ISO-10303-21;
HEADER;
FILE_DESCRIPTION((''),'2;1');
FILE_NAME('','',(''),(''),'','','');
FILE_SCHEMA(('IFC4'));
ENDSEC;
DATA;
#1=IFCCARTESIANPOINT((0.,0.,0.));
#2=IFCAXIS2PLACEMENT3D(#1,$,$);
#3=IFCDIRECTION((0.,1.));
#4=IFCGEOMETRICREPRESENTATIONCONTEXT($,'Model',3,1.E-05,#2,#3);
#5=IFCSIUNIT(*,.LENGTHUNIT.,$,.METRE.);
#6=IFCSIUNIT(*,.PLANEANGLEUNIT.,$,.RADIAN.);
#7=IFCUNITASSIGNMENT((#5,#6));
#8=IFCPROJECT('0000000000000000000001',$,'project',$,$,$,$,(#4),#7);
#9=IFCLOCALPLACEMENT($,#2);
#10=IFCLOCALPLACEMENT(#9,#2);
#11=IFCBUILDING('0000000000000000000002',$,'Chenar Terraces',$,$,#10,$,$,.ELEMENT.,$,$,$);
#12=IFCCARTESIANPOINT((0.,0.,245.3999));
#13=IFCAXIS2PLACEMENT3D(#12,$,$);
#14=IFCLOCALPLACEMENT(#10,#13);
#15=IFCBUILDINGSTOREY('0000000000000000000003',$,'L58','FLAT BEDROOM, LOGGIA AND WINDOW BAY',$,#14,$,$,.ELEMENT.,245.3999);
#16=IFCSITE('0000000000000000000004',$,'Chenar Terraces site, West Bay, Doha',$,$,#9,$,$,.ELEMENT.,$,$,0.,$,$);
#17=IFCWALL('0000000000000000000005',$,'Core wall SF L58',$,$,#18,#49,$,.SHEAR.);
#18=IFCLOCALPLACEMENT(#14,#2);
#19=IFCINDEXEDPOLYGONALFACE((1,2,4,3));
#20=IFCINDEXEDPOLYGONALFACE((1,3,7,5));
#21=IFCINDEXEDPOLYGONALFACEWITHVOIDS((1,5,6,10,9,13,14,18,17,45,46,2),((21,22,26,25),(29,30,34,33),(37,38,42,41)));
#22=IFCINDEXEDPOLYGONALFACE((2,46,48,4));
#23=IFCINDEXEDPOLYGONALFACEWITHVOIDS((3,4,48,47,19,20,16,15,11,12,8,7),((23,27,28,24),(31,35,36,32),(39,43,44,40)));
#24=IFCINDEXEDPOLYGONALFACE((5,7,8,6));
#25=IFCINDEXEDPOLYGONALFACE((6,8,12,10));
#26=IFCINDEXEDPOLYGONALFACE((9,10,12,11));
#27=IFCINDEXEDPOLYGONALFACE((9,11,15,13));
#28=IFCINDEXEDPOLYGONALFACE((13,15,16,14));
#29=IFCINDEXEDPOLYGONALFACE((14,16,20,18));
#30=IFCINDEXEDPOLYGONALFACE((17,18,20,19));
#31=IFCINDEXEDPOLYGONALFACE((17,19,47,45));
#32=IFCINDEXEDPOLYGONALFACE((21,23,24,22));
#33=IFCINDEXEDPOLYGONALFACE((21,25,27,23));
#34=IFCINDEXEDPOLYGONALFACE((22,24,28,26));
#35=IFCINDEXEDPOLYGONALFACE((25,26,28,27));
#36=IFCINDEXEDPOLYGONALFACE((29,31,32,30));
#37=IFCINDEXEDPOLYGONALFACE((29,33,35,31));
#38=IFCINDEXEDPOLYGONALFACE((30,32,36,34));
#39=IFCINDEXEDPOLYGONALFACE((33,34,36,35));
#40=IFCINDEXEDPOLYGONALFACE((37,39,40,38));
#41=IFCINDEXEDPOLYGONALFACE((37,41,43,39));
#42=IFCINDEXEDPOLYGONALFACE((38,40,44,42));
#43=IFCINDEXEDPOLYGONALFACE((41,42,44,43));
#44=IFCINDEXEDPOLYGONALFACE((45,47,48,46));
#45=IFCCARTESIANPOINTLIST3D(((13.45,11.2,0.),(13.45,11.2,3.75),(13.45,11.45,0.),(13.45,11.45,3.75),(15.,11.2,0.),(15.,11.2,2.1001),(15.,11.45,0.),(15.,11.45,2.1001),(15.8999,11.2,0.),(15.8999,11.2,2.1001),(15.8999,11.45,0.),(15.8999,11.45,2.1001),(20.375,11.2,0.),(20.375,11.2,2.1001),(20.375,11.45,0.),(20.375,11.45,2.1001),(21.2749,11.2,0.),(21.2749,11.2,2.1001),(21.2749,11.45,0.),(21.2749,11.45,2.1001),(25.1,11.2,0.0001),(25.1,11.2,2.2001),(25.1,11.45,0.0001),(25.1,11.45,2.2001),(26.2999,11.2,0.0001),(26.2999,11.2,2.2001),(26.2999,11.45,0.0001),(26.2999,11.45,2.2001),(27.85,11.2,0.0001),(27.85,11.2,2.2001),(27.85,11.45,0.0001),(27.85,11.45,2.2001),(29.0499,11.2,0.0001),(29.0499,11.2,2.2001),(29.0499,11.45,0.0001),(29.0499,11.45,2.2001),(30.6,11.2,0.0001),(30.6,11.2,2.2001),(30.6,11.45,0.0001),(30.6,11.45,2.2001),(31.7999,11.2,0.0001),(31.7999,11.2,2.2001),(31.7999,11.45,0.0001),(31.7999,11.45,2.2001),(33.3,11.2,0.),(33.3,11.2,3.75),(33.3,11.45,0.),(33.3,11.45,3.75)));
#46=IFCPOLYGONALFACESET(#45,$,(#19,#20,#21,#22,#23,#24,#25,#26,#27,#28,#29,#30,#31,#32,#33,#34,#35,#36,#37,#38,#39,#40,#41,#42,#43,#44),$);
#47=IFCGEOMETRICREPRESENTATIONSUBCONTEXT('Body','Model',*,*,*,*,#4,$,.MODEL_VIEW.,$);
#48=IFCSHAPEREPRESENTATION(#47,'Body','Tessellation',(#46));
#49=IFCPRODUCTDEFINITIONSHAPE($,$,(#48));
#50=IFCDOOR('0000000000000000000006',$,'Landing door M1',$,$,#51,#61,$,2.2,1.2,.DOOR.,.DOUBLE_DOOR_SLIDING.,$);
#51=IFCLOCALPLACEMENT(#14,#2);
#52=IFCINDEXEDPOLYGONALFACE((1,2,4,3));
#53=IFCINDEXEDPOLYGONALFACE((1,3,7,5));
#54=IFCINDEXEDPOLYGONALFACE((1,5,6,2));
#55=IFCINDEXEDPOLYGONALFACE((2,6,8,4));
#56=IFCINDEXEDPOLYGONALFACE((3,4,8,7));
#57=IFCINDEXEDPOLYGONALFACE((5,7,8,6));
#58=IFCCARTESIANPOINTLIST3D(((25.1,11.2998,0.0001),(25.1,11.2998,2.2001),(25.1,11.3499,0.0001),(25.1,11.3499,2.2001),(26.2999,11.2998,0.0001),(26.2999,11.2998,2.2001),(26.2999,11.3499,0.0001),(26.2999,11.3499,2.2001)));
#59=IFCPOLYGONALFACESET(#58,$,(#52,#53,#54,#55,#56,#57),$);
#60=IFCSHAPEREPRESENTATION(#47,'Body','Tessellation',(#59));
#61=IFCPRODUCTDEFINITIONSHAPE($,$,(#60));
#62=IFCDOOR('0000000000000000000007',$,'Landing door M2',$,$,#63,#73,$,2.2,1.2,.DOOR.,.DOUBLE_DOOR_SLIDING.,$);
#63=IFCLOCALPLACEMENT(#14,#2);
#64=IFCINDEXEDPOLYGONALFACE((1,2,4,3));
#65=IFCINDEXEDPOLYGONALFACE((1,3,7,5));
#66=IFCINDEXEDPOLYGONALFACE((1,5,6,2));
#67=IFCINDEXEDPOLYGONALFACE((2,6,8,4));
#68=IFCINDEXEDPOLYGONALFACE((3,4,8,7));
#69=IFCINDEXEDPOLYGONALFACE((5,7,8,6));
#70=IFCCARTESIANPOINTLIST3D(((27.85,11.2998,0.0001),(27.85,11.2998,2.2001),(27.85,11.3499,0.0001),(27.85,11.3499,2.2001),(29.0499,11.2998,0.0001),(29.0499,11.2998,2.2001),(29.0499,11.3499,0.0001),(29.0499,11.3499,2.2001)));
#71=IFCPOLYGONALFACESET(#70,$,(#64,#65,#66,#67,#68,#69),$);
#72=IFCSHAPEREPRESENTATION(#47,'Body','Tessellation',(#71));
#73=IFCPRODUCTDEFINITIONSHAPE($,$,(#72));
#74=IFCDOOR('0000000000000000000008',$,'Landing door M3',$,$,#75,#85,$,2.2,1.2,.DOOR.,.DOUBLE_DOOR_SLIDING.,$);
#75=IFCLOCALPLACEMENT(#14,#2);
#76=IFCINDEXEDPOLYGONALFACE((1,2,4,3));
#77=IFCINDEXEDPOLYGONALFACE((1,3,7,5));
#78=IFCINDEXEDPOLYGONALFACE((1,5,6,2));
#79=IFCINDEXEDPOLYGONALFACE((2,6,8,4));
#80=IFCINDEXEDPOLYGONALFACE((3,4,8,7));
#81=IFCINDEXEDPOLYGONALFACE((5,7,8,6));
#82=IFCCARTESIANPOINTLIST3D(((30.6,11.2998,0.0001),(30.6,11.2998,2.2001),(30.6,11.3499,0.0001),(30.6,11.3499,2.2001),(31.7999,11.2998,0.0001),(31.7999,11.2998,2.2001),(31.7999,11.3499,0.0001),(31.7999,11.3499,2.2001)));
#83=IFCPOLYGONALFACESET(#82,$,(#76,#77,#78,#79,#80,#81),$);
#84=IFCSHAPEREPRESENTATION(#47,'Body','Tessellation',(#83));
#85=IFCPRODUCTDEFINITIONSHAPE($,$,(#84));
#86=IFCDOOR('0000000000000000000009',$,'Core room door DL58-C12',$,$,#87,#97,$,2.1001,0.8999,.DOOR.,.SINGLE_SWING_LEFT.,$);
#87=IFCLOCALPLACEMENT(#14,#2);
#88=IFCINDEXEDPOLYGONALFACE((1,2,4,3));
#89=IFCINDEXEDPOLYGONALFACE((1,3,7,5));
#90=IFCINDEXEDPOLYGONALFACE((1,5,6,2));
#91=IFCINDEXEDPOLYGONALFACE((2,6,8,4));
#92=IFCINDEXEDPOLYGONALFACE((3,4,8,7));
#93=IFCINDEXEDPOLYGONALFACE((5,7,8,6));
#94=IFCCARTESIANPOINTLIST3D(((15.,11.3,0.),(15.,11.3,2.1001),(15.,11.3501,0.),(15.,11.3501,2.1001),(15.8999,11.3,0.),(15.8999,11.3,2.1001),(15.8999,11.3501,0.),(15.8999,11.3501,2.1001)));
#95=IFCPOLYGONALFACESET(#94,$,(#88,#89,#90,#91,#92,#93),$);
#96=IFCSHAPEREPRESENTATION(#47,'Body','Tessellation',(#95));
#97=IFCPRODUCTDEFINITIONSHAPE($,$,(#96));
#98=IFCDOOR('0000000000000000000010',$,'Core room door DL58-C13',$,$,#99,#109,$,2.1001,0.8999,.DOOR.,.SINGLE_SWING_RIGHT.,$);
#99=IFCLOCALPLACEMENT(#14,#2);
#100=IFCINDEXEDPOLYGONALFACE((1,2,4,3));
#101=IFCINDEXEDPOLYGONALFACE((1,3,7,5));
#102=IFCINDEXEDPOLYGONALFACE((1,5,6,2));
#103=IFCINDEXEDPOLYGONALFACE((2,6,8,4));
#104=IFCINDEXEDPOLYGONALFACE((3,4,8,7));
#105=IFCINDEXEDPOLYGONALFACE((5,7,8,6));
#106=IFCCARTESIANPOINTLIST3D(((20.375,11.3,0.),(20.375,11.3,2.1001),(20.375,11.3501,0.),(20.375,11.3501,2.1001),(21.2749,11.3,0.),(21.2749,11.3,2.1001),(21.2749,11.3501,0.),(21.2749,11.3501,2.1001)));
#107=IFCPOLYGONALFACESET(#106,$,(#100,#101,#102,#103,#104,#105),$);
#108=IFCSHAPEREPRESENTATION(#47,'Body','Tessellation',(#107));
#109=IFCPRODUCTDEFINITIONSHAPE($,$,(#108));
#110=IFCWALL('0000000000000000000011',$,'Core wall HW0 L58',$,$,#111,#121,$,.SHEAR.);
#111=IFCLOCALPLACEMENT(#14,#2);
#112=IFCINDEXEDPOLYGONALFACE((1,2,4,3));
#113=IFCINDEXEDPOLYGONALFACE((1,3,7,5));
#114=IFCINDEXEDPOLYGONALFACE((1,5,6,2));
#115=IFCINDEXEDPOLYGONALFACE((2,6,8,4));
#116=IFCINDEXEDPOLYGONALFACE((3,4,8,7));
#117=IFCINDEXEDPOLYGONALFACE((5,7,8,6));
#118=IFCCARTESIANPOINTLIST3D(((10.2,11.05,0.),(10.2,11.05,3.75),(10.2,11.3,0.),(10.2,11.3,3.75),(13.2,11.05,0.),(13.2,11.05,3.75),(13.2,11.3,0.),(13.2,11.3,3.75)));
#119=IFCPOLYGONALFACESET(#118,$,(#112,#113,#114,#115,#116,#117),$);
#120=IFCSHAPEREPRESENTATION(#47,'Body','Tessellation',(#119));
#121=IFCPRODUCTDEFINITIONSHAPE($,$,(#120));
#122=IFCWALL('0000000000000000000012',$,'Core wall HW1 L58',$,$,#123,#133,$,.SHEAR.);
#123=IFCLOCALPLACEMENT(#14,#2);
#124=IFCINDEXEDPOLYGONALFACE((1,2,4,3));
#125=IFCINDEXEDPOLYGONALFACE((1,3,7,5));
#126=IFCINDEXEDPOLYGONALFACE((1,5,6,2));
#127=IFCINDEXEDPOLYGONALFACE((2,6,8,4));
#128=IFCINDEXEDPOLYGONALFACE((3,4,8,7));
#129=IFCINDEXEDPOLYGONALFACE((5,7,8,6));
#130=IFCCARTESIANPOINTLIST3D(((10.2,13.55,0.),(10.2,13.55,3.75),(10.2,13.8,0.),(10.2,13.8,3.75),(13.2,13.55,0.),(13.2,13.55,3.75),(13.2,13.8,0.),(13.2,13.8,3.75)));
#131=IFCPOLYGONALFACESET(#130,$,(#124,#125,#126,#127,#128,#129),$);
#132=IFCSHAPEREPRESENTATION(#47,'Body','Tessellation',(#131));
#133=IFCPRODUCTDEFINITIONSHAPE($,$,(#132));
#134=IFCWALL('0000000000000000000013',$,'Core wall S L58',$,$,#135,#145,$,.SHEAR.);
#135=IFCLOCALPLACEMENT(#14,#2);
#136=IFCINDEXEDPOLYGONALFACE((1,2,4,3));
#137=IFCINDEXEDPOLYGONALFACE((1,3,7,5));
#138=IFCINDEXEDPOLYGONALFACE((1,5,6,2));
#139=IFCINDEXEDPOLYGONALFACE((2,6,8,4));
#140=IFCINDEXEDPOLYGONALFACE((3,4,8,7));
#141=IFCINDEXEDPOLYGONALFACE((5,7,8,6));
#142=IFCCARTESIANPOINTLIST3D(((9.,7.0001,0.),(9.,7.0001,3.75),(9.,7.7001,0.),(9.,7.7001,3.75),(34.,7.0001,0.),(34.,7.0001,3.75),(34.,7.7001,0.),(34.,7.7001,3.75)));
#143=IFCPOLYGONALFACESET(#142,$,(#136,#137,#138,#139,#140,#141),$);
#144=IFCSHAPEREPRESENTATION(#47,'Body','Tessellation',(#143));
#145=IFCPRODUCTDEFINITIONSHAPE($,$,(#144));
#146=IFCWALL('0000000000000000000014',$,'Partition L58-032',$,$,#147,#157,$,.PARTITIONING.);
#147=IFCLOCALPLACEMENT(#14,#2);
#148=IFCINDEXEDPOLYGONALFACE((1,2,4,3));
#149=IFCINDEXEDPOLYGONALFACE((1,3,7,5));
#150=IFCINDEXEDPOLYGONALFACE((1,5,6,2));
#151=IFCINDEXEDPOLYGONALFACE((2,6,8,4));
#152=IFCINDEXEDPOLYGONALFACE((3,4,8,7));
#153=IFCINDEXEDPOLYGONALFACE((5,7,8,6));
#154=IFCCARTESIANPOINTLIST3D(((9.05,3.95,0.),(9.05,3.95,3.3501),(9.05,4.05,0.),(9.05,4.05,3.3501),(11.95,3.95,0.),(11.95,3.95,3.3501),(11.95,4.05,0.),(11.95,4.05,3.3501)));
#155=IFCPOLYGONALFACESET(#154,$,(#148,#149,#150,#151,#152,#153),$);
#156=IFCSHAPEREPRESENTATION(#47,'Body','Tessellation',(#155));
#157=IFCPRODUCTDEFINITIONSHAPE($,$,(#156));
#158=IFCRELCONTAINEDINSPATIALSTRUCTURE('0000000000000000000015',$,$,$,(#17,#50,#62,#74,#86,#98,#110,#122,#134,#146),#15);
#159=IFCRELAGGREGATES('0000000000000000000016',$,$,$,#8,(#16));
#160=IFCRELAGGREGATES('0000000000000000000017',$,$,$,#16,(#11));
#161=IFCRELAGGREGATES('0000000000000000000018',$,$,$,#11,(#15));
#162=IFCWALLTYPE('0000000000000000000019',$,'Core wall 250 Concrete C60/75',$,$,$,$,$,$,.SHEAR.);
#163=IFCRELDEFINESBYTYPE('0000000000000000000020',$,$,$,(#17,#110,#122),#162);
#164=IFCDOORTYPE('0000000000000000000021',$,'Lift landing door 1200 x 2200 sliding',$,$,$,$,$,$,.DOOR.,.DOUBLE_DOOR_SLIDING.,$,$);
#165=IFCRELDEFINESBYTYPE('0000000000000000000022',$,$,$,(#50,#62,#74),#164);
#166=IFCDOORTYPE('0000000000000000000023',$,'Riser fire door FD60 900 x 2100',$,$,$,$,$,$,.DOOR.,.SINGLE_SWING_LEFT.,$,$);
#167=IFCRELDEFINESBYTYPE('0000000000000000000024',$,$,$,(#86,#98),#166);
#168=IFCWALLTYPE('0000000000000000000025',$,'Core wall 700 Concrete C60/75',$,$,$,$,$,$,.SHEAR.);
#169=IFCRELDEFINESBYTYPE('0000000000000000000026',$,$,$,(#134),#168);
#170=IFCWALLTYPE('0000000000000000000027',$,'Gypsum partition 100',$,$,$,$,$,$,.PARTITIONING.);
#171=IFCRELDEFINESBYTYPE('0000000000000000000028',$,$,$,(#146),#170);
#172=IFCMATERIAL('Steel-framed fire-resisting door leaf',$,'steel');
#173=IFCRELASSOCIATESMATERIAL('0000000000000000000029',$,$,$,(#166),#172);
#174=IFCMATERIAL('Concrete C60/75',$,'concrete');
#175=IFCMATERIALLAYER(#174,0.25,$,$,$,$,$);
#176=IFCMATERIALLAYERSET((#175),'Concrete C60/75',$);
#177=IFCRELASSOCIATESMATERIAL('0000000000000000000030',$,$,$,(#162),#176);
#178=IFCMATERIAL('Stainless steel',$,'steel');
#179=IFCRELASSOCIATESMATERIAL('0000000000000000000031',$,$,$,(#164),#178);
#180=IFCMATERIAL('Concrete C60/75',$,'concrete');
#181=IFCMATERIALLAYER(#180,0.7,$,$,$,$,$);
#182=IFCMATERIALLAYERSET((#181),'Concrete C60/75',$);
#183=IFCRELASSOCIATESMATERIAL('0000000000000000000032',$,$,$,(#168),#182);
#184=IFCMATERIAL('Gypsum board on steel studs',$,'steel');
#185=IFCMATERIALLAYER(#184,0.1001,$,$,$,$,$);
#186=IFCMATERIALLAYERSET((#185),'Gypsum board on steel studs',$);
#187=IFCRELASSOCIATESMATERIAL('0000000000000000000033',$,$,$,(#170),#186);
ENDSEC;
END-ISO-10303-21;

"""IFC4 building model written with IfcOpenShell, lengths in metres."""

from ifc_helpers import new_model, si_unit, direction, frame, frame_2d, origin, place, context, subcontext, project, spatial, rectangle, extrude, material, layer, layer_set, type_object, element, fill, save


model = new_model("IFC4")

# Units and contexts
model_context = context("Model", 3, precision=1e-05, world=origin(), true_north=direction((0.0, 1.0)))
body_context = subcontext(model_context, "Body", "Model", "MODEL_VIEW")
ifc_project = project(units=[si_unit("LENGTHUNIT", "METRE"), si_unit("PLANEANGLEUNIT", "RADIAN")], contexts=[model_context])

# Site, building, storey
site_placement = place(None, origin())
site = spatial("IfcSite", under=ifc_project, at=site_placement, Name="Chenar Terraces site, West Bay, Doha", CompositionType="ELEMENT", RefElevation=0.0)
building_placement = place(site_placement, origin())
building = spatial("IfcBuilding", under=site, at=building_placement, Name="Chenar Terraces", CompositionType="ELEMENT")
storey_placement = place(building_placement, frame((0.0, 0.0, 245.3999)))
storey = spatial("IfcBuildingStorey", under=building, at=storey_placement, Name="L58", Description="FLAT BEDROOM, LOGGIA AND WINDOW BAY", CompositionType="ELEMENT", Elevation=245.3999)

# Shared definitions
ifc_material_1 = material(Name="Steel-framed fire-resisting door leaf", Category="steel")
door_type_1 = type_object("IfcDoorType", Name="Riser fire door FD60 900 x 2100", OperationType="SINGLE_SWING_LEFT", PredefinedType="DOOR", material=ifc_material_1)

# Shared definitions
ifc_material_2 = material(Name="Concrete C60/75", Category="concrete")
ifc_layer_1 = layer(ifc_material_2, 0.25)
ifc_layer_set_1 = layer_set([ifc_layer_1], Name="Concrete C60/75")
wall_type_1 = type_object("IfcWallType", Name="Core wall 250 Concrete C60/75", PredefinedType="SHEAR", material=ifc_layer_set_1)

# Wall, openings, doors
wall_1_placement = place(storey_placement, frame((13.45, 11.325, 0.0), z_axis=(0.0, 0.0, 1.0), x_axis=(1.0, 0.0, 0.0)))
wall_1 = element("IfcWall", 1, at=wall_1_placement, inside=storey, type_object=wall_type_1, Name="Core wall SF L58", PredefinedType="SHEAR", context=body_context, shape_type="SweptSolid", body=[
    extrude(rectangle(XDim=19.8501, YDim=0.25, at=frame_2d((9.925, 0.0))), origin(), (0.0, 0.0, 1.0), 3.75),
])
opening_1_placement = place(wall_1_placement, frame((11.6499, 0.0, 0.0)))
opening_1 = element("IfcOpeningElement", 2, at=opening_1_placement, cuts=wall_1, PredefinedType="OPENING", context=body_context, shape_type="SweptSolid", body=[
    extrude(rectangle(XDim=1.2, YDim=2.2, at=frame_2d((0.6001, 1.1001))), frame((0.0, 0.135, 0.0), z_axis=(0.0, -1.0, 0.0), x_axis=(1.0, 0.0, 0.0)), (0.0, 0.0, 1.0), 0.27),
])
opening_2_placement = place(wall_1_placement, frame((14.3999, 0.0, 0.0)))
opening_2 = element("IfcOpeningElement", 3, at=opening_2_placement, cuts=wall_1, PredefinedType="OPENING", context=body_context, shape_type="SweptSolid", body=[
    extrude(rectangle(XDim=1.2, YDim=2.2, at=frame_2d((0.6001, 1.1001))), frame((0.0, 0.135, 0.0), z_axis=(0.0, -1.0, 0.0), x_axis=(1.0, 0.0, 0.0)), (0.0, 0.0, 1.0), 0.27),
])
opening_3_placement = place(wall_1_placement, frame((17.1499, 0.0, 0.0)))
opening_3 = element("IfcOpeningElement", 4, at=opening_3_placement, cuts=wall_1, PredefinedType="OPENING", context=body_context, shape_type="SweptSolid", body=[
    extrude(rectangle(XDim=1.2, YDim=2.2, at=frame_2d((0.6001, 1.1001))), frame((0.0, 0.135, 0.0), z_axis=(0.0, -1.0, 0.0), x_axis=(1.0, 0.0, 0.0)), (0.0, 0.0, 1.0), 0.27),
])
opening_4_placement = place(wall_1_placement, frame((1.55, 0.0, 0.0)))
opening_4 = element("IfcOpeningElement", 5, at=opening_4_placement, cuts=wall_1, PredefinedType="OPENING", context=body_context, shape_type="SweptSolid", body=[
    extrude(rectangle(XDim=0.8999, YDim=2.1001, at=frame_2d((0.45, 1.05))), frame((0.0, 0.135, 0.0), z_axis=(0.0, -1.0, 0.0), x_axis=(1.0, 0.0, 0.0)), (0.0, 0.0, 1.0), 0.27),
])
opening_5_placement = place(wall_1_placement, frame((6.925, 0.0, 0.0)))
opening_5 = element("IfcOpeningElement", 6, at=opening_5_placement, cuts=wall_1, PredefinedType="OPENING", context=body_context, shape_type="SweptSolid", body=[
    extrude(rectangle(XDim=0.8999, YDim=2.1001, at=frame_2d((0.45, 1.05))), frame((0.0, 0.135, 0.0), z_axis=(0.0, -1.0, 0.0), x_axis=(1.0, 0.0, 0.0)), (0.0, 0.0, 1.0), 0.27),
])
ifc_material_3 = material(Name="Stainless steel", Category="steel")
door_type_2 = type_object("IfcDoorType", Name="Lift landing door 1200 x 2200 sliding", OperationType="DOUBLE_DOOR_SLIDING", PredefinedType="DOOR", material=ifc_material_3)
door_1_placement = place(opening_1_placement, origin())
door_1 = element("IfcDoor", 7, at=door_1_placement, inside=storey, type_object=door_type_2, Name="Landing door M1", OperationType="DOUBLE_DOOR_SLIDING", OverallHeight=2.2, OverallWidth=1.2, PredefinedType="DOOR", context=body_context, shape_type="SweptSolid", body=[
    extrude(rectangle(XDim=1.2, YDim=2.2, at=frame_2d((0.6001, 1.1001))), frame((0.0, 0.0249, 0.0), z_axis=(0.0, -1.0, 0.0), x_axis=(1.0, 0.0, 0.0)), (0.0, 0.0, 1.0), 0.05),
])
fill(opening_1, door_1)
door_2_placement = place(opening_2_placement, origin())
door_2 = element("IfcDoor", 8, at=door_2_placement, inside=storey, type_object=door_type_2, Name="Landing door M2", OperationType="DOUBLE_DOOR_SLIDING", OverallHeight=2.2, OverallWidth=1.2, PredefinedType="DOOR", context=body_context, shape_type="SweptSolid", body=[
    extrude(rectangle(XDim=1.2, YDim=2.2, at=frame_2d((0.6001, 1.1001))), frame((0.0, 0.0249, 0.0), z_axis=(0.0, -1.0, 0.0), x_axis=(1.0, 0.0, 0.0)), (0.0, 0.0, 1.0), 0.05),
])
fill(opening_2, door_2)
door_3_placement = place(opening_3_placement, origin())
door_3 = element("IfcDoor", 9, at=door_3_placement, inside=storey, type_object=door_type_2, Name="Landing door M3", OperationType="DOUBLE_DOOR_SLIDING", OverallHeight=2.2, OverallWidth=1.2, PredefinedType="DOOR", context=body_context, shape_type="SweptSolid", body=[
    extrude(rectangle(XDim=1.2, YDim=2.2, at=frame_2d((0.6001, 1.1001))), frame((0.0, 0.0249, 0.0), z_axis=(0.0, -1.0, 0.0), x_axis=(1.0, 0.0, 0.0)), (0.0, 0.0, 1.0), 0.05),
])
fill(opening_3, door_3)
door_4_placement = place(opening_4_placement, frame((0.8999, 0.0, 0.0), z_axis=(0.0, 0.0, 1.0), x_axis=(-1.0, 0.0, 0.0)))
door_4 = element("IfcDoor", 10, at=door_4_placement, inside=storey, type_object=door_type_1, Name="Core room door DL58-C12", OperationType="SINGLE_SWING_LEFT", OverallHeight=2.1001, OverallWidth=0.8999, PredefinedType="DOOR", context=body_context, shape_type="SweptSolid", body=[
    extrude(rectangle(XDim=0.8999, YDim=2.1001, at=frame_2d((0.45, 1.05))), frame((0.0, 0.0249, 0.0), z_axis=(0.0, -1.0, 0.0), x_axis=(1.0, 0.0, 0.0)), (0.0, 0.0, 1.0), 0.05),
])
fill(opening_4, door_4)
door_5_placement = place(opening_5_placement, frame((0.8999, 0.0, 0.0), z_axis=(0.0, 0.0, 1.0), x_axis=(-1.0, 0.0, 0.0)))
door_5 = element("IfcDoor", 11, at=door_5_placement, inside=storey, type_object=door_type_1, Name="Core room door DL58-C13", OperationType="SINGLE_SWING_RIGHT", OverallHeight=2.1001, OverallWidth=0.8999, PredefinedType="DOOR", context=body_context, shape_type="SweptSolid", body=[
    extrude(rectangle(XDim=0.8999, YDim=2.1001, at=frame_2d((0.45, 1.05))), frame((0.0, 0.0249, 0.0), z_axis=(0.0, -1.0, 0.0), x_axis=(1.0, 0.0, 0.0)), (0.0, 0.0, 1.0), 0.05),
])
fill(opening_5, door_5)

# Walls
for number, where, z_axis, x_axis, name in (
    (12, (10.2, 11.175, 0.0), (0.0, 0.0, 1.0), (1.0, 0.0, 0.0), "Core wall HW0 L58"),
    (13, (10.2, 13.675, 0.0), (0.0, 0.0, 1.0), (1.0, 0.0, 0.0), "Core wall HW1 L58"),
):
    element("IfcWall", number, at=place(storey_placement, frame(where, z_axis=z_axis, x_axis=x_axis)), inside=storey, type_object=wall_type_1, Name=name, PredefinedType="SHEAR", context=body_context, shape_type="SweptSolid", body=[
        extrude(rectangle(XDim=3.0, YDim=0.25, at=frame_2d((1.5, 0.0))), origin(), (0.0, 0.0, 1.0), 3.75),
    ])
ifc_material_4 = material(Name="Concrete C60/75", Category="concrete")
ifc_layer_2 = layer(ifc_material_4, 0.7)
ifc_layer_set_2 = layer_set([ifc_layer_2], Name="Concrete C60/75")
wall_type_2 = type_object("IfcWallType", Name="Core wall 700 Concrete C60/75", PredefinedType="SHEAR", material=ifc_layer_set_2)
wall_2_placement = place(storey_placement, frame((9.0, 7.3501, 0.0), z_axis=(0.0, 0.0, 1.0), x_axis=(1.0, 0.0, 0.0)))
element("IfcWall", 14, at=wall_2_placement, inside=storey, type_object=wall_type_2, Name="Core wall S L58", PredefinedType="SHEAR", context=body_context, shape_type="SweptSolid", body=[
    extrude(rectangle(XDim=25.0, YDim=0.7, at=frame_2d((12.5, 0.0))), origin(), (0.0, 0.0, 1.0), 3.75),
])
ifc_material_5 = material(Name="Gypsum board on steel studs", Category="steel")
ifc_layer_3 = layer(ifc_material_5, 0.1001)
ifc_layer_set_3 = layer_set([ifc_layer_3], Name="Gypsum board on steel studs")
wall_type_3 = type_object("IfcWallType", Name="Gypsum partition 100", PredefinedType="PARTITIONING", material=ifc_layer_set_3)
wall_3_placement = place(storey_placement, frame((9.05, 4.0, 0.0), z_axis=(0.0, 0.0, 1.0), x_axis=(1.0, 0.0, 0.0)))
element("IfcWall", 15, at=wall_3_placement, inside=storey, type_object=wall_type_3, Name="Partition L58-032", PredefinedType="PARTITIONING", context=body_context, shape_type="SweptSolid", body=[
    extrude(rectangle(XDim=2.8999, YDim=0.1001, at=frame_2d((1.45, 0.0))), origin(), (0.0, 0.0, 1.0), 3.3501),
])

save(model, "model.ifc")
